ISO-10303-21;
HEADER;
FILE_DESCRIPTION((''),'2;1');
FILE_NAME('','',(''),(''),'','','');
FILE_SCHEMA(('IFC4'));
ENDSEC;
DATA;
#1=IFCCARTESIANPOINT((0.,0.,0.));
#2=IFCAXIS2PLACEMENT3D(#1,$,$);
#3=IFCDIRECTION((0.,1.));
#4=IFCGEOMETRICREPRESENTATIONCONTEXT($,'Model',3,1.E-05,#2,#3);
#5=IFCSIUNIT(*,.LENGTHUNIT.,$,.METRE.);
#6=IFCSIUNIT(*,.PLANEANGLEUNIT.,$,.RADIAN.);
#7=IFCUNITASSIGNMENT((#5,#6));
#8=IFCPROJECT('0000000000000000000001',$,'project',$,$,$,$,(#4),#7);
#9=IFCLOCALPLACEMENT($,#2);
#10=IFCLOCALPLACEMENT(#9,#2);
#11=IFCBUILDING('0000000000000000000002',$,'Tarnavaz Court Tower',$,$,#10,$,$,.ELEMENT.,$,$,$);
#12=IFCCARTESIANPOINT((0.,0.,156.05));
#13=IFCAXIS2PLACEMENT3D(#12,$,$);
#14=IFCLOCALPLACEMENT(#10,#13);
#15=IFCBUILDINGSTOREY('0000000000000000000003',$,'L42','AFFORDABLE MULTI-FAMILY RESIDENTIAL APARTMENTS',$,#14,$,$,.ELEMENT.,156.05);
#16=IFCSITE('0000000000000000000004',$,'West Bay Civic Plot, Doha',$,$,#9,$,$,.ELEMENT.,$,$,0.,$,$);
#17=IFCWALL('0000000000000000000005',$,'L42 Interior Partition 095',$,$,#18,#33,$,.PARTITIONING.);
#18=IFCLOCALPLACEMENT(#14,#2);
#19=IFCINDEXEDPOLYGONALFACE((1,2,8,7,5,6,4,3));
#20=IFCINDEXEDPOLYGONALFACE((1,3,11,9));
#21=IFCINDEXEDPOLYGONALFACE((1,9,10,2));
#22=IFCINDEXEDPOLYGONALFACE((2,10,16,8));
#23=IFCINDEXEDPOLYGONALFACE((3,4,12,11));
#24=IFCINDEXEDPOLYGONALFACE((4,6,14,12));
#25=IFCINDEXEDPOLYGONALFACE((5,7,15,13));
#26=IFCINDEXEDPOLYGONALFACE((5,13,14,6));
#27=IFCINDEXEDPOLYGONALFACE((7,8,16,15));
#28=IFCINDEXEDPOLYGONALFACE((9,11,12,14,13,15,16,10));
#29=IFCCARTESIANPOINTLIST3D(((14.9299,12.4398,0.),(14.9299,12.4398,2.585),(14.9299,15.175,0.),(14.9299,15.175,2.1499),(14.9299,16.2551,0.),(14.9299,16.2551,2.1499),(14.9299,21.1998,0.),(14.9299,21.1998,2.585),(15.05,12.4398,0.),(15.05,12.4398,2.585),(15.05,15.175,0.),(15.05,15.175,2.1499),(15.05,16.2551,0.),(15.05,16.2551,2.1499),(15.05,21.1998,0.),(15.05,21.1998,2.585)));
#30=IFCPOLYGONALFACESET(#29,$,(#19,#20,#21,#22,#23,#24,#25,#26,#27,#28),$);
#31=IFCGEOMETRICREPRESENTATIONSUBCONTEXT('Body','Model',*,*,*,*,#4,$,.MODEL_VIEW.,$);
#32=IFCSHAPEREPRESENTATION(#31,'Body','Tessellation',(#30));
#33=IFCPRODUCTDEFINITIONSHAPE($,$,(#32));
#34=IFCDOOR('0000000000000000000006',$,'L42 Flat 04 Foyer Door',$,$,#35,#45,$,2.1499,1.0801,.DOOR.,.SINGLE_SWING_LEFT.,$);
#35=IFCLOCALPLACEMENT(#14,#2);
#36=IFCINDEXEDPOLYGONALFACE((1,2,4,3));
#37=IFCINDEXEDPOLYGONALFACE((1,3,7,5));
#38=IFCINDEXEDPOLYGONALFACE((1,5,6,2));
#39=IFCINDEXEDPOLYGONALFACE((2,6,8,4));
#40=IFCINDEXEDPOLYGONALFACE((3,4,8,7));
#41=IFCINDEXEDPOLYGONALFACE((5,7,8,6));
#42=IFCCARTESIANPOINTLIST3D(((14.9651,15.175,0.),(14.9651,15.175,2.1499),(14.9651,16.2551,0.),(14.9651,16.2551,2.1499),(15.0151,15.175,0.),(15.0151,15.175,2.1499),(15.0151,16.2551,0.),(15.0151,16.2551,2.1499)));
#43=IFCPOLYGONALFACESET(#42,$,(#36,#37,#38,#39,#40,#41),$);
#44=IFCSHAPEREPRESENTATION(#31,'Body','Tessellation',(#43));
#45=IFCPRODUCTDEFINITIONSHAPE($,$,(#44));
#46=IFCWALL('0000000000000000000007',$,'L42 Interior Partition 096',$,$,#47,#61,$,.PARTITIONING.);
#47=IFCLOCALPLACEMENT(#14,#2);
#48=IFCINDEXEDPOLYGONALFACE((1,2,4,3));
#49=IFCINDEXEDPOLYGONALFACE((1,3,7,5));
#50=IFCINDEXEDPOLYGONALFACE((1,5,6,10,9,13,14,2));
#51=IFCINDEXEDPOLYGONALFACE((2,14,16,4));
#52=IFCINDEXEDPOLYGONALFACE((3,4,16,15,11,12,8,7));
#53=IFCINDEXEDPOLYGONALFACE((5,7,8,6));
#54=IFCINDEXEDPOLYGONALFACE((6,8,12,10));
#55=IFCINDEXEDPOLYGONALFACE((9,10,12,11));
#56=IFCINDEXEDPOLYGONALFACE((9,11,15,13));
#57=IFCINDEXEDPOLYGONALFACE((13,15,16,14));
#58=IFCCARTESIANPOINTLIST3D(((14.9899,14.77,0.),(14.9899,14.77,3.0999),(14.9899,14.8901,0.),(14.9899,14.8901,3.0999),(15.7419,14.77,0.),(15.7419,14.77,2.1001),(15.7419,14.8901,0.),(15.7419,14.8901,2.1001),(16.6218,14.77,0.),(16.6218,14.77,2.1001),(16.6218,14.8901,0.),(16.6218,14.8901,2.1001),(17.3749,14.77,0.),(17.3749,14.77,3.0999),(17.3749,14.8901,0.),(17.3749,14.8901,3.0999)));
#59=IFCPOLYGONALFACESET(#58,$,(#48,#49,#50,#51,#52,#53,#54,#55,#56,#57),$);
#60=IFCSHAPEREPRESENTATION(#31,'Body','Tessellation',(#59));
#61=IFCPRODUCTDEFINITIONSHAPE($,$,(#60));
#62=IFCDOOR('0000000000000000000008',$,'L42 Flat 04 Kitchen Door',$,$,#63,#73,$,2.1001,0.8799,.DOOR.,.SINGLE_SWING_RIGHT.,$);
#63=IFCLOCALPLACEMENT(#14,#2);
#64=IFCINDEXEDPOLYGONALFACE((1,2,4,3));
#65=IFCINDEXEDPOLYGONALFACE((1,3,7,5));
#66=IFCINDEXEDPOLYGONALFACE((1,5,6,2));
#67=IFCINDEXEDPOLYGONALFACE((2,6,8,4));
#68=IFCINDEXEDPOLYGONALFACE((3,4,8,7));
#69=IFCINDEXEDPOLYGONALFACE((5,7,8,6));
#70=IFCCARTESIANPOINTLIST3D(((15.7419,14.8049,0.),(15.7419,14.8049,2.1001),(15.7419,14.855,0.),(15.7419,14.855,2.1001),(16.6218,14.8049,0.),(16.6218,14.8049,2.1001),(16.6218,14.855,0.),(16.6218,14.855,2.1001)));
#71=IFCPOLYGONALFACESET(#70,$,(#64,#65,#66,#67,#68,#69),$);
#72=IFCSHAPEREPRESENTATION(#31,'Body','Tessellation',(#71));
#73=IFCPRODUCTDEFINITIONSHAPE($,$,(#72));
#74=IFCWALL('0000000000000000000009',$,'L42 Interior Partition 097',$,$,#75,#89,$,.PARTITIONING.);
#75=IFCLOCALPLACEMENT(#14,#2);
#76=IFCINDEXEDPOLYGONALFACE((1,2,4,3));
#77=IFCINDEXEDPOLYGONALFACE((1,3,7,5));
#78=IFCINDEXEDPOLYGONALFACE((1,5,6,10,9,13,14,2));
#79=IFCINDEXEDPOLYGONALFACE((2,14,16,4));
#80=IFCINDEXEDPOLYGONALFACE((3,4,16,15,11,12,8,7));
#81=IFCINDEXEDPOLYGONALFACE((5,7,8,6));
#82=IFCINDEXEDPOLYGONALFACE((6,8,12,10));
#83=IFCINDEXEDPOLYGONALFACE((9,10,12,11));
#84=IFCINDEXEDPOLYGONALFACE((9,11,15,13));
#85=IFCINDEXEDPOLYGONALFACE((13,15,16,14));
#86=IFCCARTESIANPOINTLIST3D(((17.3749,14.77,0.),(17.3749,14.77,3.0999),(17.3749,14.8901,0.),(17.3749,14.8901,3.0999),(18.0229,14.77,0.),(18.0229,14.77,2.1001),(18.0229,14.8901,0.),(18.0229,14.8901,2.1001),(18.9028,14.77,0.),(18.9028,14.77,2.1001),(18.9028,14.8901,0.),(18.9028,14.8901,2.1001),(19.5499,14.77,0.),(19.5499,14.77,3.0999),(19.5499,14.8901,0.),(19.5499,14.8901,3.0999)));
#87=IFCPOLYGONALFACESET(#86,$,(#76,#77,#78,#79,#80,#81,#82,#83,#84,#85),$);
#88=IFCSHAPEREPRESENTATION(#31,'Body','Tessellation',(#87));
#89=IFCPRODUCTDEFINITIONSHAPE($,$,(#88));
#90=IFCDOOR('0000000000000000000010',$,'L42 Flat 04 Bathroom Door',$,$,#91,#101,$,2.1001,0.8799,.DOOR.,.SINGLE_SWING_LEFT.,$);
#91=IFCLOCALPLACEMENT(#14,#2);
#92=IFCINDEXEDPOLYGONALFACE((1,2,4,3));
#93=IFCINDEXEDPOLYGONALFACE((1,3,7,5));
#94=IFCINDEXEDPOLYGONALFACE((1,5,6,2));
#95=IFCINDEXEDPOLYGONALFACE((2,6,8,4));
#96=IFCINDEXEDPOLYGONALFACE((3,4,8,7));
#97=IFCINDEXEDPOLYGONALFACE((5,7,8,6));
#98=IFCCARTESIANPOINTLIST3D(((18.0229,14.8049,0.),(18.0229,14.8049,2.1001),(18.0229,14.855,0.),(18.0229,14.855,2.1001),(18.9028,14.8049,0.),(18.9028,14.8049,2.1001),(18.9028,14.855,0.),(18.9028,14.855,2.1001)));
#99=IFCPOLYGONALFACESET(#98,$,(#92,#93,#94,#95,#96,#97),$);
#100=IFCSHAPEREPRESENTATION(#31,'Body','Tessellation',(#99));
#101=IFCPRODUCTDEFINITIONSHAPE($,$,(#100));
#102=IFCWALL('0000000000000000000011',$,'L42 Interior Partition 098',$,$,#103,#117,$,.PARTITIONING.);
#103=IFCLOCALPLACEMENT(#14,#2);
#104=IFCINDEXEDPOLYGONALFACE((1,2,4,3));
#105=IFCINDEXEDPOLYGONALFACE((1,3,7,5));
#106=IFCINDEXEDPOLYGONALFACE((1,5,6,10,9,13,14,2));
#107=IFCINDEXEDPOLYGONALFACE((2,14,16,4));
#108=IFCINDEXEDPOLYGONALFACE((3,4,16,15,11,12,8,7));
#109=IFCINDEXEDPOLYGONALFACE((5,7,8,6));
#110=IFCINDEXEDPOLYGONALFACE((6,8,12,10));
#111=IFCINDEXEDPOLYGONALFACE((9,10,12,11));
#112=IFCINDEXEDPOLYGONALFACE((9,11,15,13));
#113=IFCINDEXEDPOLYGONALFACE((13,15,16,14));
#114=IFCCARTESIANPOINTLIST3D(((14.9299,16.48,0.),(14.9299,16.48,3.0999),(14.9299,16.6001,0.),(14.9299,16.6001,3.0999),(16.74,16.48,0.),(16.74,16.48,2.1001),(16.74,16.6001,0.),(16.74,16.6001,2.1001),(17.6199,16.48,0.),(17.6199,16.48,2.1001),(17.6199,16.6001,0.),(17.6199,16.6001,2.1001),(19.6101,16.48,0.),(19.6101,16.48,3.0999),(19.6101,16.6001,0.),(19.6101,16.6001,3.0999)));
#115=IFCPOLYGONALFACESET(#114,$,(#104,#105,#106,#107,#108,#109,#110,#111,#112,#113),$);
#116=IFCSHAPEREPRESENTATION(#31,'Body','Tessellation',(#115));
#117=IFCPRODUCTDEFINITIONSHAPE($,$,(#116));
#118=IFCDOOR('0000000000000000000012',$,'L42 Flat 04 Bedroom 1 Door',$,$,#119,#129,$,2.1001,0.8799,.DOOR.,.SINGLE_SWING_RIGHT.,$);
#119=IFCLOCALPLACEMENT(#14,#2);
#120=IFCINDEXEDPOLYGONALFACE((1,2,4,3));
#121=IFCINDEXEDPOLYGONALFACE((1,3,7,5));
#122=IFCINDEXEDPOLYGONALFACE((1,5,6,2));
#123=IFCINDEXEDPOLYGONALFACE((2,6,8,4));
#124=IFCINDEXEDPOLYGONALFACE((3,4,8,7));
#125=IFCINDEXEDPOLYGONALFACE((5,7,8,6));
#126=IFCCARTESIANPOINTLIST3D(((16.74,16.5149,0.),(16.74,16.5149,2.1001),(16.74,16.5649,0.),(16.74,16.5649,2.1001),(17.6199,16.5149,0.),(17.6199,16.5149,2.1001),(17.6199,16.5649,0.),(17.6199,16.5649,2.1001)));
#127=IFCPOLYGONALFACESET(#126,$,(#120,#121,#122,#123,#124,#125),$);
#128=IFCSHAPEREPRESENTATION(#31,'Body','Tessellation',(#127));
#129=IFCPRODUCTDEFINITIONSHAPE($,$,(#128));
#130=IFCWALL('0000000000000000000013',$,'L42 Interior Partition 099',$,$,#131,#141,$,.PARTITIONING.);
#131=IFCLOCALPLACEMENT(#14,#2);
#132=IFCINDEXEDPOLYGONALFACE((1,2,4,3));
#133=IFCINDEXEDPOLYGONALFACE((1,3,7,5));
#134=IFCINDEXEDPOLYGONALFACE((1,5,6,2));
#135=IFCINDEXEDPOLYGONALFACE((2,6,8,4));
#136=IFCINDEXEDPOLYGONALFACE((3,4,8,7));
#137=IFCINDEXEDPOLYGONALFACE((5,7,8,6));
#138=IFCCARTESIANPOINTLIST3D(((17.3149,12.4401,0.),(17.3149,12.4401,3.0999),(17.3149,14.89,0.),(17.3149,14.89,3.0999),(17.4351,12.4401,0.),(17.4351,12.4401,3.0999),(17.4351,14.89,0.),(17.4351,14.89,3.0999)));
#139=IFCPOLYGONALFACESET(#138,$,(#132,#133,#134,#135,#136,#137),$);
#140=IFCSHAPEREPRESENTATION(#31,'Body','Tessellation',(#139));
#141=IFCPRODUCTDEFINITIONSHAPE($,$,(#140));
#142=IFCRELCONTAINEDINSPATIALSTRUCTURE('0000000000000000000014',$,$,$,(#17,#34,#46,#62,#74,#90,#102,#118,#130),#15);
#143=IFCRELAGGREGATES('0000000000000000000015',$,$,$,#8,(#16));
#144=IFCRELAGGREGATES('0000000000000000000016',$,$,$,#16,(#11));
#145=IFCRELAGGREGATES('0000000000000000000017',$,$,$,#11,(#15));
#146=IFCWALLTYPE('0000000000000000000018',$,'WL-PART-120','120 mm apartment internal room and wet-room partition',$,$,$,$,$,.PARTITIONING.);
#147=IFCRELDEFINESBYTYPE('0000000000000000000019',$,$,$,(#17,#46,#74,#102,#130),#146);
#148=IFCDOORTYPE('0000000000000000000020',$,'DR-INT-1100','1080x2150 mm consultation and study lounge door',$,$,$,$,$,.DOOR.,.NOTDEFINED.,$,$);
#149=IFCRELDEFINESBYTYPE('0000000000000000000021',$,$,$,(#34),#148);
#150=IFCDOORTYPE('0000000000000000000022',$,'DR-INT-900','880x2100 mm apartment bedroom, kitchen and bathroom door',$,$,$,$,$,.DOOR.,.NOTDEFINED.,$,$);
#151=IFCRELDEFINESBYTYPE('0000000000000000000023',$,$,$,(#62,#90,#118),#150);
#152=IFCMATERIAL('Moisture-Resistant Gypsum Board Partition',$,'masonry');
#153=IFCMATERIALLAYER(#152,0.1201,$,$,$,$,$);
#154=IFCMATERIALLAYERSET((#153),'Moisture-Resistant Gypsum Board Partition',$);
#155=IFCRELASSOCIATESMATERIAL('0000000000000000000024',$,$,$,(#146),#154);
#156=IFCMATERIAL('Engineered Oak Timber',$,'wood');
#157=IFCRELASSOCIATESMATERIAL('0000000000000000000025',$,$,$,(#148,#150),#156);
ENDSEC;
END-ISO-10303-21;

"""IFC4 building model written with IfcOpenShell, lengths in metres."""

from ifc_helpers import new_model, si_unit, direction, frame, frame_2d, origin, place, context, subcontext, project, spatial, rectangle, extrude, material, layer, layer_set, type_object, element, fill, save


model = new_model("IFC4")

# Units and contexts
model_context = context("Model", 3, precision=1e-05, world=origin(), true_north=direction((0.0, 1.0)))
body_context = subcontext(model_context, "Body", "Model", "MODEL_VIEW")
ifc_project = project(units=[si_unit("LENGTHUNIT", "METRE"), si_unit("PLANEANGLEUNIT", "RADIAN")], contexts=[model_context])

# Site, building, storey
site_placement = place(None, origin())
site = spatial("IfcSite", under=ifc_project, at=site_placement, Name="West Bay Civic Plot, Doha", CompositionType="ELEMENT", RefElevation=0.0)
building_placement = place(site_placement, origin())
building = spatial("IfcBuilding", under=site, at=building_placement, Name="Tarnavaz Court Tower", CompositionType="ELEMENT")
storey_placement = place(building_placement, frame((0.0, 0.0, 156.05)))
storey = spatial("IfcBuildingStorey", under=building, at=storey_placement, Name="L42", Description="AFFORDABLE MULTI-FAMILY RESIDENTIAL APARTMENTS", CompositionType="ELEMENT", Elevation=156.05)

# Walls, openings, doors
ifc_material_1 = material(Name="Moisture-Resistant Gypsum Board Partition", Category="masonry")
ifc_layer_1 = layer(ifc_material_1, 0.1201)
ifc_layer_set_1 = layer_set([ifc_layer_1], Name="Moisture-Resistant Gypsum Board Partition")
wall_type_1 = type_object("IfcWallType", Name="WL-PART-120", Description="120 mm apartment internal room and wet-room partition", PredefinedType="PARTITIONING", material=ifc_layer_set_1)
wall_1_placement = place(storey_placement, frame((14.99, 12.4399, 0.0), z_axis=(0.0, 0.0, 1.0), x_axis=(0.0, 1.0, 0.0)))
wall_1 = element("IfcWall", 1, at=wall_1_placement, inside=storey, type_object=wall_type_1, Name="L42 Interior Partition 095", PredefinedType="PARTITIONING", context=body_context, shape_type="SweptSolid", body=[
    extrude(rectangle(XDim=8.76, YDim=0.1201, at=frame_2d((4.3799, 0.0))), origin(), (0.0, 0.0, 1.0), 2.585),
])
opening_1_placement = place(wall_1_placement, frame((2.7351, 0.0, 0.0)))
opening_1 = element("IfcOpeningElement", 2, at=opening_1_placement, cuts=wall_1, PredefinedType="OPENING", context=body_context, shape_type="SweptSolid", body=[
    extrude(rectangle(XDim=1.0801, YDim=2.1499, at=frame_2d((0.54, 1.075))), frame((0.0, 0.0701, 0.0), z_axis=(0.0, -1.0, 0.0), x_axis=(1.0, 0.0, 0.0)), (0.0, 0.0, 1.0), 0.1401),
])
ifc_material_2 = material(Name="Engineered Oak Timber", Category="wood")
door_type_1 = type_object("IfcDoorType", Name="DR-INT-1100", Description="1080x2150 mm consultation and study lounge door", OperationType="NOTDEFINED", PredefinedType="DOOR", material=ifc_material_2)
door_1_placement = place(opening_1_placement, origin())
door_1 = element("IfcDoor", 3, at=door_1_placement, inside=storey, type_object=door_type_1, Name="L42 Flat 04 Foyer Door", OperationType="SINGLE_SWING_LEFT", OverallHeight=2.1499, OverallWidth=1.0801, PredefinedType="DOOR", context=body_context, shape_type="SweptSolid", body=[
    extrude(rectangle(XDim=1.0801, YDim=2.1499, at=frame_2d((0.54, 1.075))), frame((0.0, 0.0249, 0.0), z_axis=(0.0, -1.0, 0.0), x_axis=(1.0, 0.0, 0.0)), (0.0, 0.0, 1.0), 0.05),
])
fill(opening_1, door_1)
wall_2_placement = place(storey_placement, frame((14.99, 14.8301, 0.0), z_axis=(0.0, 0.0, 1.0), x_axis=(1.0, 0.0, 0.0)))
wall_2 = element("IfcWall", 4, at=wall_2_placement, inside=storey, type_object=wall_type_1, Name="L42 Interior Partition 096", PredefinedType="PARTITIONING", context=body_context, shape_type="SweptSolid", body=[
    extrude(rectangle(XDim=2.385, YDim=0.1201, at=frame_2d((1.1924, 0.0))), origin(), (0.0, 0.0, 1.0), 3.0999),
])
opening_2_placement = place(wall_2_placement, frame((0.752, 0.0, 0.0)))
opening_2 = element("IfcOpeningElement", 5, at=opening_2_placement, cuts=wall_2, PredefinedType="OPENING", context=body_context, shape_type="SweptSolid", body=[
    extrude(rectangle(XDim=0.8799, YDim=2.1001, at=frame_2d((0.4399, 1.05))), frame((0.0, 0.0701, 0.0), z_axis=(0.0, -1.0, 0.0), x_axis=(1.0, 0.0, 0.0)), (0.0, 0.0, 1.0), 0.1401),
])
door_type_2 = type_object("IfcDoorType", Name="DR-INT-900", Description="880x2100 mm apartment bedroom, kitchen and bathroom door", OperationType="NOTDEFINED", PredefinedType="DOOR", material=ifc_material_2)
door_2_placement = place(opening_2_placement, origin())
door_2 = element("IfcDoor", 6, at=door_2_placement, inside=storey, type_object=door_type_2, Name="L42 Flat 04 Kitchen Door", OperationType="SINGLE_SWING_RIGHT", OverallHeight=2.1001, OverallWidth=0.8799, PredefinedType="DOOR", context=body_context, shape_type="SweptSolid", body=[
    extrude(rectangle(XDim=0.8799, YDim=2.1001, at=frame_2d((0.4399, 1.05))), frame((0.0, 0.0249, 0.0), z_axis=(0.0, -1.0, 0.0), x_axis=(1.0, 0.0, 0.0)), (0.0, 0.0, 1.0), 0.05),
])
fill(opening_2, door_2)
wall_3_placement = place(storey_placement, frame((17.375, 14.8301, 0.0), z_axis=(0.0, 0.0, 1.0), x_axis=(1.0, 0.0, 0.0)))
wall_3 = element("IfcWall", 7, at=wall_3_placement, inside=storey, type_object=wall_type_1, Name="L42 Interior Partition 097", PredefinedType="PARTITIONING", context=body_context, shape_type="SweptSolid", body=[
    extrude(rectangle(XDim=2.175, YDim=0.1201, at=frame_2d((1.0874, 0.0))), origin(), (0.0, 0.0, 1.0), 3.0999),
])
opening_3_placement = place(wall_3_placement, frame((0.6479, 0.0, 0.0)))
opening_3 = element("IfcOpeningElement", 8, at=opening_3_placement, cuts=wall_3, PredefinedType="OPENING", context=body_context, shape_type="SweptSolid", body=[
    extrude(rectangle(XDim=0.8799, YDim=2.1001, at=frame_2d((0.4399, 1.05))), frame((0.0, 0.0701, 0.0), z_axis=(0.0, -1.0, 0.0), x_axis=(1.0, 0.0, 0.0)), (0.0, 0.0, 1.0), 0.1401),
])
door_3_placement = place(opening_3_placement, origin())
door_3 = element("IfcDoor", 9, at=door_3_placement, inside=storey, type_object=door_type_2, Name="L42 Flat 04 Bathroom Door", OperationType="SINGLE_SWING_LEFT", OverallHeight=2.1001, OverallWidth=0.8799, PredefinedType="DOOR", context=body_context, shape_type="SweptSolid", body=[
    extrude(rectangle(XDim=0.8799, YDim=2.1001, at=frame_2d((0.4399, 1.05))), frame((0.0, 0.0249, 0.0), z_axis=(0.0, -1.0, 0.0), x_axis=(1.0, 0.0, 0.0)), (0.0, 0.0, 1.0), 0.05),
])
fill(opening_3, door_3)
wall_4_placement = place(storey_placement, frame((14.9299, 16.54, 0.0), z_axis=(0.0, 0.0, 1.0), x_axis=(1.0, 0.0, 0.0)))
wall_4 = element("IfcWall", 10, at=wall_4_placement, inside=storey, type_object=wall_type_1, Name="L42 Interior Partition 098", PredefinedType="PARTITIONING", context=body_context, shape_type="SweptSolid", body=[
    extrude(rectangle(XDim=4.6802, YDim=0.1201, at=frame_2d((2.3401, 0.0))), origin(), (0.0, 0.0, 1.0), 3.0999),
])
opening_4_placement = place(wall_4_placement, frame((1.8101, 0.0, 0.0)))
opening_4 = element("IfcOpeningElement", 11, at=opening_4_placement, cuts=wall_4, PredefinedType="OPENING", context=body_context, shape_type="SweptSolid", body=[
    extrude(rectangle(XDim=0.8799, YDim=2.1001, at=frame_2d((0.4399, 1.05))), frame((0.0, 0.0701, 0.0), z_axis=(0.0, -1.0, 0.0), x_axis=(1.0, 0.0, 0.0)), (0.0, 0.0, 1.0), 0.1401),
])
door_4_placement = place(opening_4_placement, origin())
door_4 = element("IfcDoor", 12, at=door_4_placement, inside=storey, type_object=door_type_2, Name="L42 Flat 04 Bedroom 1 Door", OperationType="SINGLE_SWING_RIGHT", OverallHeight=2.1001, OverallWidth=0.8799, PredefinedType="DOOR", context=body_context, shape_type="SweptSolid", body=[
    extrude(rectangle(XDim=0.8799, YDim=2.1001, at=frame_2d((0.4399, 1.05))), frame((0.0, 0.0249, 0.0), z_axis=(0.0, -1.0, 0.0), x_axis=(1.0, 0.0, 0.0)), (0.0, 0.0, 1.0), 0.05),
])
fill(opening_4, door_4)

# Wall
wall_5_placement = place(storey_placement, frame((17.375, 12.4399, 0.0), z_axis=(0.0, 0.0, 1.0), x_axis=(0.0, 1.0, 0.0)))
element("IfcWall", 13, at=wall_5_placement, inside=storey, type_object=wall_type_1, Name="L42 Interior Partition 099", PredefinedType="PARTITIONING", context=body_context, shape_type="SweptSolid", body=[
    extrude(rectangle(XDim=2.45, YDim=0.1201, at=frame_2d((1.2251, 0.0))), origin(), (0.0, 0.0, 1.0), 3.0999),
])

save(model, "model.ifc")
